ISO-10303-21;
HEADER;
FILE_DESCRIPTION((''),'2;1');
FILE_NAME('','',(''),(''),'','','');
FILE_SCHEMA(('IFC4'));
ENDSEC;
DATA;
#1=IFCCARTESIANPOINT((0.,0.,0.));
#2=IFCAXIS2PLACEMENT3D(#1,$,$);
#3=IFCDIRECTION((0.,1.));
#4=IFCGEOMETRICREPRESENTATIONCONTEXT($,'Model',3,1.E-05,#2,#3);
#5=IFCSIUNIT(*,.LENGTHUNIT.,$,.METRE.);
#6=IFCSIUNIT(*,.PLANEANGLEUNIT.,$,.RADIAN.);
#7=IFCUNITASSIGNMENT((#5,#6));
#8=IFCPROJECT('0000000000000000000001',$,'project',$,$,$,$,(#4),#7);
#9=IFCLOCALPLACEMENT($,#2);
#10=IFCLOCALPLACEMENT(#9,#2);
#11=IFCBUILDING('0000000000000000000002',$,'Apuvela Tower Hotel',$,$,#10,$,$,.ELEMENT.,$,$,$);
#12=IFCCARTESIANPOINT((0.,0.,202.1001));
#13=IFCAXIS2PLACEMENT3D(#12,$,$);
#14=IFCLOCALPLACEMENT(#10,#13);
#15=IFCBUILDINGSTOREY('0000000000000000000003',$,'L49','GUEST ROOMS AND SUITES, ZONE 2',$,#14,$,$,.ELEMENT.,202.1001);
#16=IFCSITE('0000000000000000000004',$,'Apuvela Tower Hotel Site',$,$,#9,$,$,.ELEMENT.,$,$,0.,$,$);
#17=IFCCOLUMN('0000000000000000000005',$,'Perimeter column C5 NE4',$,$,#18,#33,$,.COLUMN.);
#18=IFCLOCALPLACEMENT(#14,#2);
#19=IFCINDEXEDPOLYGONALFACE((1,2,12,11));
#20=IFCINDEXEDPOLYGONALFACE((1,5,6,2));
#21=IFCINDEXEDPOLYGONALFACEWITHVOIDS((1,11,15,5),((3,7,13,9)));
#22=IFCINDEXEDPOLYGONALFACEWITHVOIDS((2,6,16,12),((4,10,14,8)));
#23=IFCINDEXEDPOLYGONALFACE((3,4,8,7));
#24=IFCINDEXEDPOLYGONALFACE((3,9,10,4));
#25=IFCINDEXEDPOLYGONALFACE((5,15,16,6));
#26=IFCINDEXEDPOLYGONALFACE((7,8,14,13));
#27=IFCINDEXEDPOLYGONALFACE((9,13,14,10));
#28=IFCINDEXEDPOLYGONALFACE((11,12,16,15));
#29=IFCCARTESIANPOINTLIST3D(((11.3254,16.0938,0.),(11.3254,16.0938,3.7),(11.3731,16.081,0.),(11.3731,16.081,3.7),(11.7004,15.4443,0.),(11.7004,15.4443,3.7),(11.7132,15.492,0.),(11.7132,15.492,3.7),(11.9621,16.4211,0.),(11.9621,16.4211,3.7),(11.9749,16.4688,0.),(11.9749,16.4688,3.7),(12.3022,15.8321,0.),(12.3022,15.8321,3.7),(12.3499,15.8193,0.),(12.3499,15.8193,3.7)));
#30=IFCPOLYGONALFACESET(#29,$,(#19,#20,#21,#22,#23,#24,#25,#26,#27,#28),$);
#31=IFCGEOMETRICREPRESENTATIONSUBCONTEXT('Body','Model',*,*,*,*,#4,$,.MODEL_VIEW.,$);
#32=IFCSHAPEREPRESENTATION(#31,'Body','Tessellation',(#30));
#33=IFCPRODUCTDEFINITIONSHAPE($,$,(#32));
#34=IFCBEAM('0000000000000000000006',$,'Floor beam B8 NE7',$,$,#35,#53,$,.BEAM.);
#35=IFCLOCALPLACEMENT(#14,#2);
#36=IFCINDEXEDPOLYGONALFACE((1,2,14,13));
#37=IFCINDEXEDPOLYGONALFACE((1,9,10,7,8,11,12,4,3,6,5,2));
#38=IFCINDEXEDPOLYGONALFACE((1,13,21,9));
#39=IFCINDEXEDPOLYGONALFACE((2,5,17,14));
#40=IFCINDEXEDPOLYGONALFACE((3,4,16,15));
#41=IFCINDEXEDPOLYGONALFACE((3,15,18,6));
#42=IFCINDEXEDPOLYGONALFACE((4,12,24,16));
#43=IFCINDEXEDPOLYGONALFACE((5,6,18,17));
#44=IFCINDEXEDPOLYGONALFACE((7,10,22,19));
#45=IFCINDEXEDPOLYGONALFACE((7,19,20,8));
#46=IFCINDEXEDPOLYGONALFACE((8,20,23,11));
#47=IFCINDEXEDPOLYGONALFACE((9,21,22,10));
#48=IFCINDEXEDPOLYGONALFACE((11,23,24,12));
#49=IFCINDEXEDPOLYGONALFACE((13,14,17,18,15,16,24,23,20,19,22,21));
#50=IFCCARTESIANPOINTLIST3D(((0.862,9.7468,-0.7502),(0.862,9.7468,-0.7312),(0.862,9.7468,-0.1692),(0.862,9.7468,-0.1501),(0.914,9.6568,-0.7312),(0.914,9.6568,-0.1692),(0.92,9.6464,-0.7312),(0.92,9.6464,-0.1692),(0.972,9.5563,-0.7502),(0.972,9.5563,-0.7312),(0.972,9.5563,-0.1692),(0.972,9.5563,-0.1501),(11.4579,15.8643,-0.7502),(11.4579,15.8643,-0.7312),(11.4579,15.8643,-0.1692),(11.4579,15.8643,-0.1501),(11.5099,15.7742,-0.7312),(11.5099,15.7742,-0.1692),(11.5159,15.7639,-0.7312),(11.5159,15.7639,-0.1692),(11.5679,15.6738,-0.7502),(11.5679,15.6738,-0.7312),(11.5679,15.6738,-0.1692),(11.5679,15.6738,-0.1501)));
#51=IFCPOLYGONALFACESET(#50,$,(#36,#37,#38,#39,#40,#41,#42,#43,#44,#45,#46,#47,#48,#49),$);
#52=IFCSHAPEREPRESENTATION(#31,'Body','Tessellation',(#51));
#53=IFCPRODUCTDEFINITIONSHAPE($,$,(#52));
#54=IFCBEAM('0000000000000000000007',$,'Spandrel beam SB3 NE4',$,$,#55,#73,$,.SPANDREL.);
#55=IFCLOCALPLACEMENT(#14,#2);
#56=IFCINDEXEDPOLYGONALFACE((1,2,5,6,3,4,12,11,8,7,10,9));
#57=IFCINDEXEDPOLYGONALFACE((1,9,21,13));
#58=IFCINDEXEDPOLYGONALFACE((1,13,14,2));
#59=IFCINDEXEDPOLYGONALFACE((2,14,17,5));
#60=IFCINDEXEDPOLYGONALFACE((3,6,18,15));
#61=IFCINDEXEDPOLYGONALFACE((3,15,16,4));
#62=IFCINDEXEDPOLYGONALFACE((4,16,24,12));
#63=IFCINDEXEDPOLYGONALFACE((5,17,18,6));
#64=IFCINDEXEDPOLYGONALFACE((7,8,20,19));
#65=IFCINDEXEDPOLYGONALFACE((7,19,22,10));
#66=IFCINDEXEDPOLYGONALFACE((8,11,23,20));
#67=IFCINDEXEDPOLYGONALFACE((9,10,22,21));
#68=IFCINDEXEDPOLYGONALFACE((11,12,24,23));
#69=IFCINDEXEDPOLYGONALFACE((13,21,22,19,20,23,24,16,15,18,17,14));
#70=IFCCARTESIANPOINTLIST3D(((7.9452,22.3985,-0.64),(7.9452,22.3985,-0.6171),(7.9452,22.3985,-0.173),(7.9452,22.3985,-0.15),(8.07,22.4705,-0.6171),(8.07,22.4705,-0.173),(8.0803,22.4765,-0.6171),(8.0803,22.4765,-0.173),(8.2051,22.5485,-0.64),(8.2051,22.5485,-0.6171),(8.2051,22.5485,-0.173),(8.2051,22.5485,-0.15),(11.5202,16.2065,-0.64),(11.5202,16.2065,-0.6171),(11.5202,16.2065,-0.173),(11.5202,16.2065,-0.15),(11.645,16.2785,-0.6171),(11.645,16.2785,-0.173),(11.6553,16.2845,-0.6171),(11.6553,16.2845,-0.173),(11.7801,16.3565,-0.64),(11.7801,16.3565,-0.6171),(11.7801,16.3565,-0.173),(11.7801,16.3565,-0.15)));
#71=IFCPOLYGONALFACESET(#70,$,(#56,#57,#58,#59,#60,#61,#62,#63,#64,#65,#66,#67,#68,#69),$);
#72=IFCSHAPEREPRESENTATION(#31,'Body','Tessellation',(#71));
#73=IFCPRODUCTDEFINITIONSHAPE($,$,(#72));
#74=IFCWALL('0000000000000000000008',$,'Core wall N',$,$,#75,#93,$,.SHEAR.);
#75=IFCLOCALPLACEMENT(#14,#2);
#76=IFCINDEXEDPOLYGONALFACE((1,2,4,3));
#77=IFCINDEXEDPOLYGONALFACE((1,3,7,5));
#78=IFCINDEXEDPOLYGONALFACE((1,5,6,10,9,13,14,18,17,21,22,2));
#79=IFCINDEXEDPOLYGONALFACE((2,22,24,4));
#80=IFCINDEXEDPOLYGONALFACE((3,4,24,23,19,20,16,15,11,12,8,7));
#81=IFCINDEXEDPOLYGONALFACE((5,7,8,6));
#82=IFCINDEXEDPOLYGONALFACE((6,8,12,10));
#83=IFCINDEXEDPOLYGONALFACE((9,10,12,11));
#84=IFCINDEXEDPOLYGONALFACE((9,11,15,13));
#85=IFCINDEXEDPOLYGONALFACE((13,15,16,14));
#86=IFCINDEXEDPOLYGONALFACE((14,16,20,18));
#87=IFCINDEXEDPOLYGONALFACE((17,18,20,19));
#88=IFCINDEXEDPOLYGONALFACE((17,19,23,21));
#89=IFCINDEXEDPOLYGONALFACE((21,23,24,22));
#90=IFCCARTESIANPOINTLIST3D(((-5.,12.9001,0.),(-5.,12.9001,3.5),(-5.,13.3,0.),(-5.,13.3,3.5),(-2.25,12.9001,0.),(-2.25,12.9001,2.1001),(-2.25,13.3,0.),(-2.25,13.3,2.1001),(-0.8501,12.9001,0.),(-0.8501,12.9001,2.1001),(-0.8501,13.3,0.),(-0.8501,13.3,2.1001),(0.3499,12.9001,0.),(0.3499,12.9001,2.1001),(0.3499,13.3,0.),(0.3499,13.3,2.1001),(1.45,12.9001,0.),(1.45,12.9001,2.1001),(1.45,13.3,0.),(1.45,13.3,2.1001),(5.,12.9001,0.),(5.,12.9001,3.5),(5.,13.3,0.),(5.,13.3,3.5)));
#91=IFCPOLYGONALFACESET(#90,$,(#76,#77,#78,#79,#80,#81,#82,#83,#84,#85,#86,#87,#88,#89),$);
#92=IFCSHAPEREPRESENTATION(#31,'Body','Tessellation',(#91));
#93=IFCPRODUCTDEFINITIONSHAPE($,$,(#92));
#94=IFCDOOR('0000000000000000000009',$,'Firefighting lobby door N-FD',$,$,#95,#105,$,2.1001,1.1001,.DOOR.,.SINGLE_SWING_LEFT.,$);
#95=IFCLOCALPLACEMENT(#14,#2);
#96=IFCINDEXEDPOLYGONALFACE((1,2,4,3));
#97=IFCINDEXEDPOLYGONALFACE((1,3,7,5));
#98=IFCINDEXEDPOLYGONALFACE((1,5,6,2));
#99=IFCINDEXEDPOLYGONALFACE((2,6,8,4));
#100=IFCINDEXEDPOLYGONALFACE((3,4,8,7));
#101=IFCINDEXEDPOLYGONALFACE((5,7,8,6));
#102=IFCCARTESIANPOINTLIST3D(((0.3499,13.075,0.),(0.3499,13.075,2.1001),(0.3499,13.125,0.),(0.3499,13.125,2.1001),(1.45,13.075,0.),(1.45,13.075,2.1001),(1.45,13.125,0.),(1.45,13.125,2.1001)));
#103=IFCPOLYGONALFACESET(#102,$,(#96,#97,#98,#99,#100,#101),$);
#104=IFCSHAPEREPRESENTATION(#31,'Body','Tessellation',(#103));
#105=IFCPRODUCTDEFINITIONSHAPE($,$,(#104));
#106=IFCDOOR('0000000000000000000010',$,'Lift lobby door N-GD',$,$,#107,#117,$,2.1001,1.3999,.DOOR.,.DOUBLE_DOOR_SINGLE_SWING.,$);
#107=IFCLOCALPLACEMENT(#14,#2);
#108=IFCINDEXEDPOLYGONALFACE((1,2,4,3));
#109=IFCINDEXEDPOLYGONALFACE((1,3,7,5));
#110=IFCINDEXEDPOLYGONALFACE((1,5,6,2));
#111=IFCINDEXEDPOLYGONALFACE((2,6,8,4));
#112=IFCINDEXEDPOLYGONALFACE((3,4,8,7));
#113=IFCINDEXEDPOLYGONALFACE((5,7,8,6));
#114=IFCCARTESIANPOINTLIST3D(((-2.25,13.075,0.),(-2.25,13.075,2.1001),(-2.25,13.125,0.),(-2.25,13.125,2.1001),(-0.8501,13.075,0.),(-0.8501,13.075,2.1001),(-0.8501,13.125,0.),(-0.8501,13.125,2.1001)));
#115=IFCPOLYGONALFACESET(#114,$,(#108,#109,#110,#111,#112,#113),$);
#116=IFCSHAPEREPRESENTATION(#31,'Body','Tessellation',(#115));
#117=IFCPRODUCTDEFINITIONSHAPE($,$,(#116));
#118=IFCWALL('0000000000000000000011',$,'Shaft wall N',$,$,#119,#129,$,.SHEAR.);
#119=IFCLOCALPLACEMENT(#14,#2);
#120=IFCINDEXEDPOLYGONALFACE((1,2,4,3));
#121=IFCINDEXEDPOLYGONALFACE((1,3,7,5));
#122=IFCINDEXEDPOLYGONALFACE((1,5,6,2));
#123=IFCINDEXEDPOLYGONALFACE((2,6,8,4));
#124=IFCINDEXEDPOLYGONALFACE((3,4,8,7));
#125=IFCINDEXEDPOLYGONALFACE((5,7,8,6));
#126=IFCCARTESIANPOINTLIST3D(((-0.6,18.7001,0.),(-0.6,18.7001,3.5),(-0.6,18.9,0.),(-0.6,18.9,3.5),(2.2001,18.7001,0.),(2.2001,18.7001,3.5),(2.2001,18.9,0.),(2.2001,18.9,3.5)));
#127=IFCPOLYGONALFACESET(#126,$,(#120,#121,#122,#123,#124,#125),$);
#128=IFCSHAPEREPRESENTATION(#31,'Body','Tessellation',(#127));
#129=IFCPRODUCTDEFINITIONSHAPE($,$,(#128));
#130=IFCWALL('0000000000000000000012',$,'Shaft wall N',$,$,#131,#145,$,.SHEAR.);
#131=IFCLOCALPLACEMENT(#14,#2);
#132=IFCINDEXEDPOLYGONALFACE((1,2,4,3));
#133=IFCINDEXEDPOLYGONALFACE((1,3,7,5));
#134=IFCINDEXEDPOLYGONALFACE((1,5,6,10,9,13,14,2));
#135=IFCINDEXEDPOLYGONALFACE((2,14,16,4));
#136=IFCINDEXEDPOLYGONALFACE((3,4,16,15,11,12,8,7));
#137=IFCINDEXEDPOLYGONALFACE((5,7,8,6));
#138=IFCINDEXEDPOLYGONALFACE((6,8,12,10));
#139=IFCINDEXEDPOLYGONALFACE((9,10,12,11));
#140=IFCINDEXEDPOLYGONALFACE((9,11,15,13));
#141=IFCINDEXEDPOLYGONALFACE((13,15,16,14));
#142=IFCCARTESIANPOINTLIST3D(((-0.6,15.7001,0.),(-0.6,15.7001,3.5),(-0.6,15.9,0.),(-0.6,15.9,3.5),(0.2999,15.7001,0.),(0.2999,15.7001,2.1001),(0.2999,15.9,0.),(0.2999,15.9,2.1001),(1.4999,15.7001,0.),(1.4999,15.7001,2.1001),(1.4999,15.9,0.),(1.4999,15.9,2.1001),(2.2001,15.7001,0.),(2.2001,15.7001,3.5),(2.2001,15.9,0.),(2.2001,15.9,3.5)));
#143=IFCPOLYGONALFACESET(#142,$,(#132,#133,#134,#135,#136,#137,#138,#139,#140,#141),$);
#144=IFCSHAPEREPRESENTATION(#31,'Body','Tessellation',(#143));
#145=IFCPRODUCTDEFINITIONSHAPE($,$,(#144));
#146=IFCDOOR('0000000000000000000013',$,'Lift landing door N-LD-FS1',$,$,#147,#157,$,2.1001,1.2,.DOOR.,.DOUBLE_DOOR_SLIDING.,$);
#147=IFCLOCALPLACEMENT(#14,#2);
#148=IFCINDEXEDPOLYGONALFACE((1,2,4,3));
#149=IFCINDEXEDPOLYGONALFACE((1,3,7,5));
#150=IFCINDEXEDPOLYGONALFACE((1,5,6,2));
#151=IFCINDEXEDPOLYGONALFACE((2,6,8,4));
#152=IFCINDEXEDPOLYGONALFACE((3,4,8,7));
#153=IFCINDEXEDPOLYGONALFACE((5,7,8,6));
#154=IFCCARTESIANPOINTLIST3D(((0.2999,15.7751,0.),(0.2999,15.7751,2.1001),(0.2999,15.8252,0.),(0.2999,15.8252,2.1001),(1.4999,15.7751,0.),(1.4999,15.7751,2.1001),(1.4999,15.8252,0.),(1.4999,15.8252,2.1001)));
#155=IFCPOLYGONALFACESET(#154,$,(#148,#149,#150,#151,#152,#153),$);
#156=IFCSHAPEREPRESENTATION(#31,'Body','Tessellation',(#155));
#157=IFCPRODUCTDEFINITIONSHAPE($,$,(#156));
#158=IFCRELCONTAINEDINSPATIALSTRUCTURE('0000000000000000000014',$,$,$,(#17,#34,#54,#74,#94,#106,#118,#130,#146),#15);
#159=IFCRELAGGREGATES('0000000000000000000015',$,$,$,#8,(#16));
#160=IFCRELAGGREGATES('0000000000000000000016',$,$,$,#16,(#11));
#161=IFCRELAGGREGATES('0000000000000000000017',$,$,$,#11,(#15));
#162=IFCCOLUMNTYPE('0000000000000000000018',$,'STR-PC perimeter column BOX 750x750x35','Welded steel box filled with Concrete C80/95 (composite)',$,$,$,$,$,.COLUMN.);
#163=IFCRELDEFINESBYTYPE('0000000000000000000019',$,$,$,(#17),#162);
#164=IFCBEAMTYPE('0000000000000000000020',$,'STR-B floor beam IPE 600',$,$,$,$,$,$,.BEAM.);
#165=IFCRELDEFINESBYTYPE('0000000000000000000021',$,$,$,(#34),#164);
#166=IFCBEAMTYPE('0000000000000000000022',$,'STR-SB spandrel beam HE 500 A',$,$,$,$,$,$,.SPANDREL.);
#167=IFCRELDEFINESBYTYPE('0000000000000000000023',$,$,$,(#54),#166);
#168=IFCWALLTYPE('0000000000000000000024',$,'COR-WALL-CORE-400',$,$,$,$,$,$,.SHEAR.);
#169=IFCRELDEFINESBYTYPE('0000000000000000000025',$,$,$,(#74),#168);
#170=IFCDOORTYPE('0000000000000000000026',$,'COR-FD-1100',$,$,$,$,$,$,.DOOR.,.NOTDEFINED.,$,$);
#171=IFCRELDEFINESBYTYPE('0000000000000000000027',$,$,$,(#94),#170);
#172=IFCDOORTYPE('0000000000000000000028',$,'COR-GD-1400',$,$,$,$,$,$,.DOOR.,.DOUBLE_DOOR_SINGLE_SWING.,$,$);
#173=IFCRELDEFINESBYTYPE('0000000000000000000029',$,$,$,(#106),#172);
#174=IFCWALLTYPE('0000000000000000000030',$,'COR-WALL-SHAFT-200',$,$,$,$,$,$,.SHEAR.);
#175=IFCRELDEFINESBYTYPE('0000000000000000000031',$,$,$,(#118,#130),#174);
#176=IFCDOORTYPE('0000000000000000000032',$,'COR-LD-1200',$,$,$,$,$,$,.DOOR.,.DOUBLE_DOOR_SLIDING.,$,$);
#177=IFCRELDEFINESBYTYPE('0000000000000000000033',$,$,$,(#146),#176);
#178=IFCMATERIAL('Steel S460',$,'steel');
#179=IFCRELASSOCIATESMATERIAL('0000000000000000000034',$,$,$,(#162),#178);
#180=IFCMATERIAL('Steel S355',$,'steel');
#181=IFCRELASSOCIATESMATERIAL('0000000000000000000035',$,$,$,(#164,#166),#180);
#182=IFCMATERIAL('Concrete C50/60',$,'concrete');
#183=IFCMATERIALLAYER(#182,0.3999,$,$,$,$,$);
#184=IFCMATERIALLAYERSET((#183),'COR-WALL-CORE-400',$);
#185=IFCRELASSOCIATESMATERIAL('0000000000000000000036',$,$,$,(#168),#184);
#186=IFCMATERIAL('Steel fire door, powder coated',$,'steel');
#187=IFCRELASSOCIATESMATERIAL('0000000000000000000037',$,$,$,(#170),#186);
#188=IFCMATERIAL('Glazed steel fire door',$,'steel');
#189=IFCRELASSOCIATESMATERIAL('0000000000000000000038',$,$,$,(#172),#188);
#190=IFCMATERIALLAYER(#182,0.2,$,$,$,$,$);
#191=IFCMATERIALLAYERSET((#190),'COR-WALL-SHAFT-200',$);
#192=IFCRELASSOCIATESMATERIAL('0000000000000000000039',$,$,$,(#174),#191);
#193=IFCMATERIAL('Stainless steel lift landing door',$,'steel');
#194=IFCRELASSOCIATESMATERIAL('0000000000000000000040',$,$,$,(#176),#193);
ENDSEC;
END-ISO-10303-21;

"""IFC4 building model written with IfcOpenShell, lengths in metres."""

from ifc_helpers import new_model, si_unit, direction, frame, frame_2d, origin, origin_2d, place, context, subcontext, project, spatial, rectangle, hollow_rectangle, i_section, extrude, material, layer, layer_set, material_profile, profile_set, type_object, element, fill, save


model = new_model("IFC4")

# Units and contexts
model_context = context("Model", 3, precision=1e-05, world=origin(), true_north=direction((0.0, 1.0)))
body_context = subcontext(model_context, "Body", "Model", "MODEL_VIEW")
ifc_project = project(units=[si_unit("LENGTHUNIT", "METRE"), si_unit("PLANEANGLEUNIT", "RADIAN")], contexts=[model_context])

# Site, building, storey
site_placement = place(None, origin())
site = spatial("IfcSite", under=ifc_project, at=site_placement, Name="Apuvela Tower Hotel Site", CompositionType="ELEMENT", RefElevation=0.0)
building_placement = place(site_placement, origin())
building = spatial("IfcBuilding", under=site, at=building_placement, Name="Apuvela Tower Hotel", CompositionType="ELEMENT")
storey_placement = place(building_placement, frame((0.0, 0.0, 202.1001)))
storey = spatial("IfcBuildingStorey", under=building, at=storey_placement, Name="L49", Description="GUEST ROOMS AND SUITES, ZONE 2", CompositionType="ELEMENT", Elevation=202.1001)

# Column
ifc_material_1 = material(Name="Steel S460", Category="steel")
ifc_material_profile_1 = material_profile(ifc_material_1, hollow_rectangle(XDim=0.75, YDim=0.75, WallThickness=0.0349, at=origin_2d()), Name="BOX 750x750x35")
ifc_material_2 = material(Name="Concrete C80/95", Category="concrete")
ifc_material_profile_2 = material_profile(ifc_material_2, rectangle(XDim=0.6799, YDim=0.6799, at=origin_2d()), Name="Concrete C80/95 infill")
ifc_profile_set_1 = profile_set([ifc_material_profile_1, ifc_material_profile_2], Name="Steel S460")
column_type = type_object("IfcColumnType", Name="STR-PC perimeter column BOX 750x750x35", Description="Welded steel box filled with Concrete C80/95 (composite)", PredefinedType="COLUMN", material=ifc_profile_set_1)
column_placement = place(storey_placement, frame((11.8376, 15.9565, 0.0), z_axis=(0.0, 0.0, 1.0), x_axis=(-0.5, 0.866025, 0.0)))
element("IfcColumn", 1, at=column_placement, inside=storey, type_object=column_type, Name="Perimeter column C5 NE4", PredefinedType="COLUMN", context=body_context, shape_type="SweptSolid", body=[
    extrude(hollow_rectangle(XDim=0.75, YDim=0.75, WallThickness=0.0349, at=origin_2d()), origin(), (0.0, 0.0, 1.0), 3.7),
])

# Beams
ifc_material_3 = material(Name="Steel S355", Category="steel")
ifc_material_profile_3 = material_profile(ifc_material_3, i_section(OverallWidth=0.22, OverallDepth=0.6001, WebThickness=0.012, FlangeThickness=0.019, at=origin_2d()), Name="IPE 600")
ifc_profile_set_2 = profile_set([ifc_material_profile_3], Name="Steel S355")
beam_type_1 = type_object("IfcBeamType", Name="STR-B floor beam IPE 600", PredefinedType="BEAM", material=ifc_profile_set_2)
beam_1_placement = place(storey_placement, frame((11.5129, 15.769, -0.4502), z_axis=(-0.86603, -0.499991, 0.0), x_axis=(0.499991, -0.86603, 0.0)))
element("IfcBeam", 2, at=beam_1_placement, inside=storey, type_object=beam_type_1, Name="Floor beam B8 NE7", PredefinedType="BEAM", context=body_context, shape_type="SweptSolid", body=[
    extrude(i_section(OverallWidth=0.22, OverallDepth=0.6001, WebThickness=0.012, FlangeThickness=0.019, at=origin_2d()), origin(), (0.0, 0.0, 1.0), 12.2351),
])
ifc_material_profile_4 = material_profile(ifc_material_3, i_section(OverallWidth=0.3, OverallDepth=0.49, WebThickness=0.012, FlangeThickness=0.0229, at=origin_2d()), Name="HE 500 A")
ifc_profile_set_3 = profile_set([ifc_material_profile_4], Name="Steel S355")
beam_type_2 = type_object("IfcBeamType", Name="STR-SB spandrel beam HE 500 A", PredefinedType="SPANDREL", material=ifc_profile_set_3)
beam_2_placement = place(storey_placement, frame((11.6501, 16.2815, -0.395), z_axis=(-0.500006, 0.866022, 0.0), x_axis=(-0.866022, -0.500006, 0.0)))
element("IfcBeam", 3, at=beam_2_placement, inside=storey, type_object=beam_type_2, Name="Spandrel beam SB3 NE4", PredefinedType="SPANDREL", context=body_context, shape_type="SweptSolid", body=[
    extrude(i_section(OverallWidth=0.3, OverallDepth=0.49, WebThickness=0.012, FlangeThickness=0.0229, at=origin_2d()), origin(), (0.0, 0.0, 1.0), 7.1499),
])

# Wall, openings, doors
ifc_material_4 = material(Name="Concrete C50/60", Category="concrete")
ifc_layer_1 = layer(ifc_material_4, 0.3999)
ifc_layer_set_1 = layer_set([ifc_layer_1], Name="COR-WALL-CORE-400")
wall_type_1 = type_object("IfcWallType", Name="COR-WALL-CORE-400", PredefinedType="SHEAR", material=ifc_layer_set_1)
wall_1_placement = place(storey_placement, frame((5.0, 13.1001, 0.0), z_axis=(0.0, 0.0, 1.0), x_axis=(-1.0, 0.0, 0.0)))
wall_1 = element("IfcWall", 4, at=wall_1_placement, inside=storey, type_object=wall_type_1, Name="Core wall N", PredefinedType="SHEAR", context=body_context, shape_type="SweptSolid", body=[
    extrude(rectangle(XDim=10.0, YDim=0.3999, at=frame_2d((5.0, 0.0))), origin(), (0.0, 0.0, 1.0), 3.5),
])
opening_1_placement = place(wall_1_placement, frame((3.55, 0.0, 0.0)))
opening_1 = element("IfcOpeningElement", 5, at=opening_1_placement, cuts=wall_1, PredefinedType="OPENING", context=body_context, shape_type="SweptSolid", body=[
    extrude(rectangle(XDim=1.1001, YDim=2.1001, at=frame_2d((0.55, 1.05))), frame((0.0, 0.21, 0.0), z_axis=(0.0, -1.0, 0.0), x_axis=(1.0, 0.0, 0.0)), (0.0, 0.0, 1.0), 0.4199),
])
opening_2_placement = place(wall_1_placement, frame((5.8501, 0.0, 0.0)))
opening_2 = element("IfcOpeningElement", 6, at=opening_2_placement, cuts=wall_1, PredefinedType="OPENING", context=body_context, shape_type="SweptSolid", body=[
    extrude(rectangle(XDim=1.3999, YDim=2.1001, at=frame_2d((0.7, 1.05))), frame((0.0, 0.21, 0.0), z_axis=(0.0, -1.0, 0.0), x_axis=(1.0, 0.0, 0.0)), (0.0, 0.0, 1.0), 0.4199),
])
ifc_material_5 = material(Name="Steel fire door, powder coated", Category="steel")
door_type_1 = type_object("IfcDoorType", Name="COR-FD-1100", OperationType="NOTDEFINED", PredefinedType="DOOR", material=ifc_material_5)
door_1_placement = place(opening_1_placement, frame((1.1001, 0.0, 0.0), z_axis=(0.0, 0.0, 1.0), x_axis=(-1.0, 0.0, 0.0)))
door_1 = element("IfcDoor", 7, at=door_1_placement, inside=storey, type_object=door_type_1, Name="Firefighting lobby door N-FD", OperationType="SINGLE_SWING_LEFT", OverallHeight=2.1001, OverallWidth=1.1001, PredefinedType="DOOR", context=body_context, shape_type="SweptSolid", body=[
    extrude(rectangle(XDim=1.1001, YDim=2.1001, at=frame_2d((0.55, 1.05))), frame((0.0, 0.0249, 0.0), z_axis=(0.0, -1.0, 0.0), x_axis=(1.0, 0.0, 0.0)), (0.0, 0.0, 1.0), 0.05),
])
fill(opening_1, door_1)
ifc_material_6 = material(Name="Glazed steel fire door", Category="steel")
door_type_2 = type_object("IfcDoorType", Name="COR-GD-1400", OperationType="DOUBLE_DOOR_SINGLE_SWING", PredefinedType="DOOR", material=ifc_material_6)
door_2_placement = place(opening_2_placement, frame((1.3999, 0.0, 0.0), z_axis=(0.0, 0.0, 1.0), x_axis=(-1.0, 0.0, 0.0)))
door_2 = element("IfcDoor", 8, at=door_2_placement, inside=storey, type_object=door_type_2, Name="Lift lobby door N-GD", OperationType="DOUBLE_DOOR_SINGLE_SWING", OverallHeight=2.1001, OverallWidth=1.3999, PredefinedType="DOOR", context=body_context, shape_type="SweptSolid", body=[
    extrude(rectangle(XDim=1.3999, YDim=2.1001, at=frame_2d((0.7, 1.05))), frame((0.0, 0.0249, 0.0), z_axis=(0.0, -1.0, 0.0), x_axis=(1.0, 0.0, 0.0)), (0.0, 0.0, 1.0), 0.05),
])
fill(opening_2, door_2)

# Wall
ifc_layer_2 = layer(ifc_material_4, 0.2)
ifc_layer_set_2 = layer_set([ifc_layer_2], Name="COR-WALL-SHAFT-200")
wall_type_2 = type_object("IfcWallType", Name="COR-WALL-SHAFT-200", PredefinedType="SHEAR", material=ifc_layer_set_2)
wall_2_placement = place(storey_placement, frame((2.2, 18.8, 0.0), z_axis=(0.0, 0.0, 1.0), x_axis=(-1.0, 0.0, 0.0)))
element("IfcWall", 9, at=wall_2_placement, inside=storey, type_object=wall_type_2, Name="Shaft wall N", PredefinedType="SHEAR", context=body_context, shape_type="SweptSolid", body=[
    extrude(rectangle(XDim=2.8, YDim=0.2, at=frame_2d((1.3999, 0.0))), origin(), (0.0, 0.0, 1.0), 3.5),
])

# Wall, opening, door
wall_3_placement = place(storey_placement, frame((2.2, 15.8, 0.0), z_axis=(0.0, 0.0, 1.0), x_axis=(-1.0, 0.0, 0.0)))
wall_3 = element("IfcWall", 10, at=wall_3_placement, inside=storey, type_object=wall_type_2, Name="Shaft wall N", PredefinedType="SHEAR", context=body_context, shape_type="SweptSolid", body=[
    extrude(rectangle(XDim=2.8, YDim=0.2, at=frame_2d((1.3999, 0.0))), origin(), (0.0, 0.0, 1.0), 3.5),
])
opening_3_placement = place(wall_3_placement, frame((0.7, 0.0, 0.0)))
opening_3 = element("IfcOpeningElement", 11, at=opening_3_placement, cuts=wall_3, PredefinedType="OPENING", context=body_context, shape_type="SweptSolid", body=[
    extrude(rectangle(XDim=1.2, YDim=2.1001, at=frame_2d((0.6001, 1.05))), frame((0.0, 0.1099, 0.0), z_axis=(0.0, -1.0, 0.0), x_axis=(1.0, 0.0, 0.0)), (0.0, 0.0, 1.0), 0.22),
])
ifc_material_7 = material(Name="Stainless steel lift landing door", Category="steel")
door_type_3 = type_object("IfcDoorType", Name="COR-LD-1200", OperationType="DOUBLE_DOOR_SLIDING", PredefinedType="DOOR", material=ifc_material_7)
door_3_placement = place(opening_3_placement, origin())
door_3 = element("IfcDoor", 12, at=door_3_placement, inside=storey, type_object=door_type_3, Name="Lift landing door N-LD-FS1", OperationType="DOUBLE_DOOR_SLIDING", OverallHeight=2.1001, OverallWidth=1.2, PredefinedType="DOOR", context=body_context, shape_type="SweptSolid", body=[
    extrude(rectangle(XDim=1.2, YDim=2.1001, at=frame_2d((0.6001, 1.05))), frame((0.0, 0.0249, 0.0), z_axis=(0.0, -1.0, 0.0), x_axis=(1.0, 0.0, 0.0)), (0.0, 0.0, 1.0), 0.05),
])
fill(opening_3, door_3)

save(model, "model.ifc")
